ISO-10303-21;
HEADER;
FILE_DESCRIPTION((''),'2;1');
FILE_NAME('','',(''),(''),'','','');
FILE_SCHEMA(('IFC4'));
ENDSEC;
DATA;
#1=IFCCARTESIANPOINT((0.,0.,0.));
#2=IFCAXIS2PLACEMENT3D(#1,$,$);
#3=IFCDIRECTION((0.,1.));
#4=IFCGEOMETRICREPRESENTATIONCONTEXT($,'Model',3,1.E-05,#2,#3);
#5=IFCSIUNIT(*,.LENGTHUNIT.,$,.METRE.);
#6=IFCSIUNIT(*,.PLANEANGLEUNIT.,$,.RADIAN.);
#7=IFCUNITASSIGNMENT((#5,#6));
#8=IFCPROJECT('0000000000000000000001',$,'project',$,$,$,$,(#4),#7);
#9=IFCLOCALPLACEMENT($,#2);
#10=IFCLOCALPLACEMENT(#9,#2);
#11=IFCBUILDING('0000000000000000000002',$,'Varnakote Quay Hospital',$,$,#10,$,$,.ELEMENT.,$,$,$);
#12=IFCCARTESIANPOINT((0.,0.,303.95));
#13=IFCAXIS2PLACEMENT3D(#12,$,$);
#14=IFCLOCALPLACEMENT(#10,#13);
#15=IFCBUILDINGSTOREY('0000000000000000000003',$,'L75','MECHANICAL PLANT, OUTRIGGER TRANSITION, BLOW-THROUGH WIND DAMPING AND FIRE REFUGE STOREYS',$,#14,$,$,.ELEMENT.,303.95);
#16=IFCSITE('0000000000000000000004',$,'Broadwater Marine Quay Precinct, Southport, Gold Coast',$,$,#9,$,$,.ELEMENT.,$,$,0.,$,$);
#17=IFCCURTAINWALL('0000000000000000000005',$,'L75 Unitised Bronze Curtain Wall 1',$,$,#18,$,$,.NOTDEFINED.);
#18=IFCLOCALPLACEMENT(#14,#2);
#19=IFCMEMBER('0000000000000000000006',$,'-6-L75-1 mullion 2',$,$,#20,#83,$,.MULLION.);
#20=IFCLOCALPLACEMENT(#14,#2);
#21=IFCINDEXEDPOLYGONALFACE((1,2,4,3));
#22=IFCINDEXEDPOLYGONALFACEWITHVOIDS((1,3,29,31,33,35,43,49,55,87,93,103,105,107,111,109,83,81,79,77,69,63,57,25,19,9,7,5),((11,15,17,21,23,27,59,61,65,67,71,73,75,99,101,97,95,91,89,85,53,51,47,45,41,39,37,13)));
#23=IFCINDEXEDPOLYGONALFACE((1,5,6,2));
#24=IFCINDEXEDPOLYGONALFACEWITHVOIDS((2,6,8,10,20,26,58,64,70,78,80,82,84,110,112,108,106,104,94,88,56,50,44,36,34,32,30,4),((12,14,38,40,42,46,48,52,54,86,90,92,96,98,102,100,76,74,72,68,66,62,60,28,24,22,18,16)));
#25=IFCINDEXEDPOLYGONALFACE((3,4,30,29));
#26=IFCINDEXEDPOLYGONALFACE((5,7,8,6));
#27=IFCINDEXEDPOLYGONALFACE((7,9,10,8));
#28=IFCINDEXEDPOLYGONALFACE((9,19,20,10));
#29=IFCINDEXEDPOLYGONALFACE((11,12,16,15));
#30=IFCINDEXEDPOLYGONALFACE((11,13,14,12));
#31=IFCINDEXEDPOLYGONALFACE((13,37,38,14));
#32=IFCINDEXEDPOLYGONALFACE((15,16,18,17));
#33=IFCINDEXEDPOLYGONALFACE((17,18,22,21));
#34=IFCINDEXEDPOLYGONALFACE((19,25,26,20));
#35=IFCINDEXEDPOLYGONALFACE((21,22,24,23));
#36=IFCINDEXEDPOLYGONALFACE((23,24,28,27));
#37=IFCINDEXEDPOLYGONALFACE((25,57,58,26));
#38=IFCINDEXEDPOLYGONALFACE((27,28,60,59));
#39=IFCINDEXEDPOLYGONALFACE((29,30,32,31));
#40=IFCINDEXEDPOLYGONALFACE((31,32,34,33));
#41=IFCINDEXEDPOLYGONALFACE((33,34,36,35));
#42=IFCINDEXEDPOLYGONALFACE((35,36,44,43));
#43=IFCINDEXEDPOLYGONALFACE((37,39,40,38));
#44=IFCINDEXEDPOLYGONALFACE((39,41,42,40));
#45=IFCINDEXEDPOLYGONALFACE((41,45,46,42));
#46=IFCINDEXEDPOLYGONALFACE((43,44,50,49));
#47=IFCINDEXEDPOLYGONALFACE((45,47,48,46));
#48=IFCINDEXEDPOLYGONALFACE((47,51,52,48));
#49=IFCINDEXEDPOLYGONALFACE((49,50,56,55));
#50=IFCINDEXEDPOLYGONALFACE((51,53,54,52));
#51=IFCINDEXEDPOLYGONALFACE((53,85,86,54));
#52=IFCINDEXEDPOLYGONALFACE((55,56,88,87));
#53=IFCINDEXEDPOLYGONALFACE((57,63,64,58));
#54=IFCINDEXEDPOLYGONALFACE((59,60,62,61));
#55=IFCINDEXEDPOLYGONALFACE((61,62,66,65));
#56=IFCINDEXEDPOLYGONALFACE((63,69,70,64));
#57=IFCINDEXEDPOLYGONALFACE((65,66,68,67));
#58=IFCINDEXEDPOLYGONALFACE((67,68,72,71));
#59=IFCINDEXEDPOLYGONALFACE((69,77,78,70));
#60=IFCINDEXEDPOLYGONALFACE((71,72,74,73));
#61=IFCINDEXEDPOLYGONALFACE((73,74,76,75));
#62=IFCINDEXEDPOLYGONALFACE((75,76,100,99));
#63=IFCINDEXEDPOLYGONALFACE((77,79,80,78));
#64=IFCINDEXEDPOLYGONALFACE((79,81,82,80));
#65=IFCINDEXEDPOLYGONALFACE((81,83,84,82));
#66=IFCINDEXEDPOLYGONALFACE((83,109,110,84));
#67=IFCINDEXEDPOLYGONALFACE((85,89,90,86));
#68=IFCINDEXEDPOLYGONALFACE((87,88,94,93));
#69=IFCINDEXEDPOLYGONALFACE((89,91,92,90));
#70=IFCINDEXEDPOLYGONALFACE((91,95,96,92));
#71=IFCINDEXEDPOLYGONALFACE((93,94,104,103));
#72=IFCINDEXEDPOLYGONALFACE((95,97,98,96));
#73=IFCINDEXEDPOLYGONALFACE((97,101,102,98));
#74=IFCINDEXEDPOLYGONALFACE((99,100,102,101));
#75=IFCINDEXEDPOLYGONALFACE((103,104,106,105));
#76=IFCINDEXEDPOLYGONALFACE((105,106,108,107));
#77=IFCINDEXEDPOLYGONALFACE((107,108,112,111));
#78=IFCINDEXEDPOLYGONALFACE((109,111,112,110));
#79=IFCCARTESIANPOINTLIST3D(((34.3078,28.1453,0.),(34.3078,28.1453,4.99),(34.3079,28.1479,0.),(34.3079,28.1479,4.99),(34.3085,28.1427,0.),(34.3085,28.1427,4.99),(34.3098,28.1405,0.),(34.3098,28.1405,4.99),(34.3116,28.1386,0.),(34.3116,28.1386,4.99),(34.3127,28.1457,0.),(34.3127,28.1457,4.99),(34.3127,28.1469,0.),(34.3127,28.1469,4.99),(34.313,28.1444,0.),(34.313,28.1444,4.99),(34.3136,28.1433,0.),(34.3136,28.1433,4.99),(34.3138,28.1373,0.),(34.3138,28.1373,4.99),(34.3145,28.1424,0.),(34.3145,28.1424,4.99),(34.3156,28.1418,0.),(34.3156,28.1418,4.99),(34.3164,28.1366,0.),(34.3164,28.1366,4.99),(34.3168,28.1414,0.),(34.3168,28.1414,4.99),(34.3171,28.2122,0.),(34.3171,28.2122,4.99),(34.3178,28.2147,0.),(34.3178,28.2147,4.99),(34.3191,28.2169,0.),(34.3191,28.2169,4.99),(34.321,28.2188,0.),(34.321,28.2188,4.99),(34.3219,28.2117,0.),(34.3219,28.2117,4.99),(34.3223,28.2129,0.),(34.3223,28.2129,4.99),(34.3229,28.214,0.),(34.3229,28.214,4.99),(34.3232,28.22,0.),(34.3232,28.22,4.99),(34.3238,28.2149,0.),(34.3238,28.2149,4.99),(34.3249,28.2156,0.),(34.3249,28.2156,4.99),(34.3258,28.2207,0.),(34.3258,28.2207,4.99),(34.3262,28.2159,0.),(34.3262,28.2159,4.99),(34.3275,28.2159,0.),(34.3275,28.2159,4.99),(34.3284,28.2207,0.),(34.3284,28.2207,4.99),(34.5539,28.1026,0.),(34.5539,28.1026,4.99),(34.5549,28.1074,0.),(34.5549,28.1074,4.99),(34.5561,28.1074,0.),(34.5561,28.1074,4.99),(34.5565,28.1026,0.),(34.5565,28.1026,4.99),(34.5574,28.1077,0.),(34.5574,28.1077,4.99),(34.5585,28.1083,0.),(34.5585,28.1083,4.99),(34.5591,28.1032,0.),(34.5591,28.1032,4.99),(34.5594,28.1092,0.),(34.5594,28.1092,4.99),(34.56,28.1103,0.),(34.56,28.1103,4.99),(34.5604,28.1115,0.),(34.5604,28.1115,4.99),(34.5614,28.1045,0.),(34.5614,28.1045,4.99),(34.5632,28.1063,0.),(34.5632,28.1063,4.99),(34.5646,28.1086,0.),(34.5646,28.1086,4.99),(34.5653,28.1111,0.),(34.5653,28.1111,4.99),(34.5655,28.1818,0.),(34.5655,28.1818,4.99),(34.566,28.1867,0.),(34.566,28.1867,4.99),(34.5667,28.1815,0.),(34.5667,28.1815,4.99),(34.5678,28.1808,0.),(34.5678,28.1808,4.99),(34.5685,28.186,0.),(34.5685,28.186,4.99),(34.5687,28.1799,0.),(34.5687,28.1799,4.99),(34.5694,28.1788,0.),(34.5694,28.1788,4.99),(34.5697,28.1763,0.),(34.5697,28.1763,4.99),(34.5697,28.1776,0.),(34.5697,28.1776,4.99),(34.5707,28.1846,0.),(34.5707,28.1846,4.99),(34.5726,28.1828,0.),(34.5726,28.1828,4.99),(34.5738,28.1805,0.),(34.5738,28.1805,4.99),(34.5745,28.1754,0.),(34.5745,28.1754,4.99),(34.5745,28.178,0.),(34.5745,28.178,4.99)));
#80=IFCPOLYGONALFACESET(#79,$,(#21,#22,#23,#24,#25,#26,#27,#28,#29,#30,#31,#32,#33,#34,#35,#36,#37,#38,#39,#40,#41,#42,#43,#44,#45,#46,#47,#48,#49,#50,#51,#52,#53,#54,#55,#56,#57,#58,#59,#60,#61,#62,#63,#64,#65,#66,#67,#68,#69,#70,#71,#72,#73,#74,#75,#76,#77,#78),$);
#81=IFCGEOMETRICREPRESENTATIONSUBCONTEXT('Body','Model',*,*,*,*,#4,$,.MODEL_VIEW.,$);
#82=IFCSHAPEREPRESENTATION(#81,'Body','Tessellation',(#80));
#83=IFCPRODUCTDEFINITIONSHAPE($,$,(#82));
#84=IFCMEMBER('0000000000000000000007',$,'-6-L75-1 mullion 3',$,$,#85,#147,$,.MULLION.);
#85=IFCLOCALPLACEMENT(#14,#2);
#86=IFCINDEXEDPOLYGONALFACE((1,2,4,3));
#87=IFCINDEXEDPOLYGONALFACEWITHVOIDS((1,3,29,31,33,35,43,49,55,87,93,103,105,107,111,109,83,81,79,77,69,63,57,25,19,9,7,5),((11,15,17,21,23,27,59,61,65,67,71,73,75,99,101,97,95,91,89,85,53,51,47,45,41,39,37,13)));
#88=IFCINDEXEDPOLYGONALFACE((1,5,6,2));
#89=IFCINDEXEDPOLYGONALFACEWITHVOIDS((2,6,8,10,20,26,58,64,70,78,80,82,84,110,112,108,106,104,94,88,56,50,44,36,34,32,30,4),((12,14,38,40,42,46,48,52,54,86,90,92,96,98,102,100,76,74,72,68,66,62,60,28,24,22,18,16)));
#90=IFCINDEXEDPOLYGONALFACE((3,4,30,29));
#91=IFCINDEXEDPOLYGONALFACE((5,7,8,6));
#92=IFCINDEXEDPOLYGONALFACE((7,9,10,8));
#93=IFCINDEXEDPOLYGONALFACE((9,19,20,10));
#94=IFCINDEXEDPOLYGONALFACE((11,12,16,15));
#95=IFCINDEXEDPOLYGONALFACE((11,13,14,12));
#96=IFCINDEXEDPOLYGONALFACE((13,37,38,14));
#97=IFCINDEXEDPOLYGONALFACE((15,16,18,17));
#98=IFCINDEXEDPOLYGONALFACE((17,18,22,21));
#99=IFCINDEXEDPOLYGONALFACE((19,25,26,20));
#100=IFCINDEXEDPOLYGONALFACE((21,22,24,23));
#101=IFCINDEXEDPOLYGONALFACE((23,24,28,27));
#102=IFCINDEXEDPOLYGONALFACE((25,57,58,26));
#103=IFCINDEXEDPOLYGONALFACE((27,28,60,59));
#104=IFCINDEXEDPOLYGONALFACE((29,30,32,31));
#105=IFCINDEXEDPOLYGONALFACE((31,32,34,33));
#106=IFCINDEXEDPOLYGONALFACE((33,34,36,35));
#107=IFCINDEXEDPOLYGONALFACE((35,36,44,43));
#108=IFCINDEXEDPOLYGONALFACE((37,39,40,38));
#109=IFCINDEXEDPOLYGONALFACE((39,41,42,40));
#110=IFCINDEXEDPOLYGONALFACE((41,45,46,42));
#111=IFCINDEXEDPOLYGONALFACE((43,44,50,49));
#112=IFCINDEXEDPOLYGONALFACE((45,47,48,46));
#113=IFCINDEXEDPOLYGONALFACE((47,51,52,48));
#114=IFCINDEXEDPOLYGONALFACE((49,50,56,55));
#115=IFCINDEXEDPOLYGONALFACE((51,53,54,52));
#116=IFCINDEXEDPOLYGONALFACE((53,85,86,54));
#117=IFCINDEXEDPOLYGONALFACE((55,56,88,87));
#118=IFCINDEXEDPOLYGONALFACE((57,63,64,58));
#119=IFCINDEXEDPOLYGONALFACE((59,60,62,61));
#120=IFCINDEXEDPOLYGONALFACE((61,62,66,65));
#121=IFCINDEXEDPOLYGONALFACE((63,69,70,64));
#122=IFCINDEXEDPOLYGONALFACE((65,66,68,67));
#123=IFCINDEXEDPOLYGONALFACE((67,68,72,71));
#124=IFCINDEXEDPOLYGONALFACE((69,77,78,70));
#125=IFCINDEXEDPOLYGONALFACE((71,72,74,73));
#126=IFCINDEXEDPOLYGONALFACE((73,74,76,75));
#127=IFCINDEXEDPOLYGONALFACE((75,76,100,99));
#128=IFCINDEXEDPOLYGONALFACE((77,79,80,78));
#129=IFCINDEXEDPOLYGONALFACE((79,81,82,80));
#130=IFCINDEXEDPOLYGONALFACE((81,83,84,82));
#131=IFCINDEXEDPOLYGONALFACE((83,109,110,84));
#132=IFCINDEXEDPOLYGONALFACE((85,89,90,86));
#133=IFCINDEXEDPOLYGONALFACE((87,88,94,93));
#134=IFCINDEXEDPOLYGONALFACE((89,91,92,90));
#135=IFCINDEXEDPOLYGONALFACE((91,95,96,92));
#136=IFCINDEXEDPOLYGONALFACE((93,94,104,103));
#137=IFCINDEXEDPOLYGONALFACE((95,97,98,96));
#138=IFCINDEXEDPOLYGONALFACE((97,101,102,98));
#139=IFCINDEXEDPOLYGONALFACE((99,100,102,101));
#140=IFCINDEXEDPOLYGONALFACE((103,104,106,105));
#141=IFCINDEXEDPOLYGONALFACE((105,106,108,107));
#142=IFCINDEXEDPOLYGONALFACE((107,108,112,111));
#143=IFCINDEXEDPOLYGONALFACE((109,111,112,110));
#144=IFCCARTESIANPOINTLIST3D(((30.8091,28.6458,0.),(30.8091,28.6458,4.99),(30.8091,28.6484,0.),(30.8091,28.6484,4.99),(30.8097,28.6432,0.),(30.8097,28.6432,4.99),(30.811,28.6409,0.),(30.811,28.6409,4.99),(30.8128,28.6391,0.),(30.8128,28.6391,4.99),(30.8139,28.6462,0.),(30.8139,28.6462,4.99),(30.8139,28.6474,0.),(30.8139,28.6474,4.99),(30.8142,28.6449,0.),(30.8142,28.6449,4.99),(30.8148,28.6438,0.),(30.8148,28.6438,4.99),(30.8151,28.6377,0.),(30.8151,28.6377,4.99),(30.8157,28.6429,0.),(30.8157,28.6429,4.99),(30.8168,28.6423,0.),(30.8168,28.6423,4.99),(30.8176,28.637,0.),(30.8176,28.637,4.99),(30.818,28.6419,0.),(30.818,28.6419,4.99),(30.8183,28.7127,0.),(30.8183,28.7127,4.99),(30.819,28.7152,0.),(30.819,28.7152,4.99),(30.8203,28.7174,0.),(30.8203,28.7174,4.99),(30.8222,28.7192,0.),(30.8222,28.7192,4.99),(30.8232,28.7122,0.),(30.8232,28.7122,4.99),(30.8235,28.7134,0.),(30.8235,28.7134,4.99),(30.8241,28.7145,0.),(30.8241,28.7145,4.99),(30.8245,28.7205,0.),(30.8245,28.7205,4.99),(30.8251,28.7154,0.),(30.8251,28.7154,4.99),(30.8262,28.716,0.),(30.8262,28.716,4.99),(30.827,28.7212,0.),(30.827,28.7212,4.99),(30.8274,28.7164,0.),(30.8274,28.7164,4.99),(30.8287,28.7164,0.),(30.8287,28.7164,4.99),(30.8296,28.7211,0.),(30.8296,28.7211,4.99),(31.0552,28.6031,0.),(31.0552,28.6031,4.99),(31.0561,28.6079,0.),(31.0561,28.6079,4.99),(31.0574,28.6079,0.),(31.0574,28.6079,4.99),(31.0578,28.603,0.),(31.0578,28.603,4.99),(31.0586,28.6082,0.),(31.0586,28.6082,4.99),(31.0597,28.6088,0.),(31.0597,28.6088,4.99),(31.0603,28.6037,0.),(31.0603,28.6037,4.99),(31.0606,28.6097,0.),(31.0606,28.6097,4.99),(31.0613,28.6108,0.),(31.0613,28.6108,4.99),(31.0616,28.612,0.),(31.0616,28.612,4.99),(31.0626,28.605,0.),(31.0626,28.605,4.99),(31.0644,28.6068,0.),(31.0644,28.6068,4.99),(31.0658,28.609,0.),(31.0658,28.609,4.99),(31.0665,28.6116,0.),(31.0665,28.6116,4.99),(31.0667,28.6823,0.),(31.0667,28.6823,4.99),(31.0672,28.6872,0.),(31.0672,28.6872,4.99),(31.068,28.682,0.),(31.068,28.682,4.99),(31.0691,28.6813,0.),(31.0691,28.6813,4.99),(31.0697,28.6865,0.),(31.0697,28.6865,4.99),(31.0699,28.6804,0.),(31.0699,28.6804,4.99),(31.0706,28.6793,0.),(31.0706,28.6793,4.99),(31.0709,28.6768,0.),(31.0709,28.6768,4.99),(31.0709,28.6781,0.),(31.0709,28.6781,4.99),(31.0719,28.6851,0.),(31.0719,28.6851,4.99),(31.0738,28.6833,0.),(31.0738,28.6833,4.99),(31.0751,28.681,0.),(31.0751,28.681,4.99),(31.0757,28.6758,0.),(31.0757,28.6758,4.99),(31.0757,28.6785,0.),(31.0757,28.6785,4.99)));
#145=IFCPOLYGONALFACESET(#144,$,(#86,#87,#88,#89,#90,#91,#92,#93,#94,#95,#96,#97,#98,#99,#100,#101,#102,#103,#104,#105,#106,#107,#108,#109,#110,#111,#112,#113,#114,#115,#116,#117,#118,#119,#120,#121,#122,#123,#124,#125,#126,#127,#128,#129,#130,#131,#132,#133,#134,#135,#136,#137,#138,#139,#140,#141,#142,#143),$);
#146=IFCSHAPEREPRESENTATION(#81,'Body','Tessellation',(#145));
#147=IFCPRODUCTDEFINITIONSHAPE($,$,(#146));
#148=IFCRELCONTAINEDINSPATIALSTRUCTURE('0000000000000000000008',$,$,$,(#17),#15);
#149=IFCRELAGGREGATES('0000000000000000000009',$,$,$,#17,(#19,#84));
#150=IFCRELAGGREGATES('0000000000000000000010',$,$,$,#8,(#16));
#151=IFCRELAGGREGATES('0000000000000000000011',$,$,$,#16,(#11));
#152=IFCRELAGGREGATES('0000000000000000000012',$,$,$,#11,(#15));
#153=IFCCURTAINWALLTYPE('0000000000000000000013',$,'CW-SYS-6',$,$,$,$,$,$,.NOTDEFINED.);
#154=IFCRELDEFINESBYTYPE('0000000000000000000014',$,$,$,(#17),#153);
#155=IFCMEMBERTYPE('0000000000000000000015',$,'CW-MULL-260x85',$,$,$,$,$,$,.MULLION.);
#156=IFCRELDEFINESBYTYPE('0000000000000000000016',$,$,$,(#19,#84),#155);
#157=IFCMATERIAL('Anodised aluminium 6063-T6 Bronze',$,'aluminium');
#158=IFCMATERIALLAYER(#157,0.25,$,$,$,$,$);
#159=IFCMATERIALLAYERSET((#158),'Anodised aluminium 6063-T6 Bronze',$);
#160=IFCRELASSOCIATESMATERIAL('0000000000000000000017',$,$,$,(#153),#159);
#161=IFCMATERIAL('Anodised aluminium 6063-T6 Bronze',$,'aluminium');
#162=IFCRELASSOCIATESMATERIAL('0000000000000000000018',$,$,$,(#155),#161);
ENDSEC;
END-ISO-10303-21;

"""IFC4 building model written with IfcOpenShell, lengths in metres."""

from ifc_helpers import new_model, si_unit, direction, frame, origin, origin_2d, place, context, subcontext, project, spatial, hollow_rectangle, extrude, material, layer, layer_set, material_profile, profile_set, type_object, element, aggregate, save


model = new_model("IFC4")

# Units and contexts
model_context = context("Model", 3, precision=1e-05, world=origin(), true_north=direction((0.0, 1.0)))
body_context = subcontext(model_context, "Body", "Model", "MODEL_VIEW")
ifc_project = project(units=[si_unit("LENGTHUNIT", "METRE"), si_unit("PLANEANGLEUNIT", "RADIAN")], contexts=[model_context])

# Site, building, storey
site_placement = place(None, origin())
site = spatial("IfcSite", under=ifc_project, at=site_placement, Name="Broadwater Marine Quay Precinct, Southport, Gold Coast", CompositionType="ELEMENT", RefElevation=0.0)
building_placement = place(site_placement, origin())
building = spatial("IfcBuilding", under=site, at=building_placement, Name="Varnakote Quay Hospital", CompositionType="ELEMENT")
storey_placement = place(building_placement, frame((0.0, 0.0, 303.95)))
storey = spatial("IfcBuildingStorey", under=building, at=storey_placement, Name="L75", Description="MECHANICAL PLANT, OUTRIGGER TRANSITION, BLOW-THROUGH WIND DAMPING AND FIRE REFUGE STOREYS", CompositionType="ELEMENT", Elevation=303.95)

# Curtain wall, members
ifc_material_1 = material(Name="Anodised aluminium 6063-T6 Bronze", Category="aluminium")
ifc_layer_1 = layer(ifc_material_1, 0.25)
ifc_layer_set_1 = layer_set([ifc_layer_1], Name="Anodised aluminium 6063-T6 Bronze")
curtain_wall_type = type_object("IfcCurtainWallType", Name="CW-SYS-6", PredefinedType="NOTDEFINED", material=ifc_layer_set_1)
curtain_wall_1_placement = place(storey_placement, origin())
curtain_wall_1 = element("IfcCurtainWall", 1, at=curtain_wall_1_placement, inside=storey, type_object=curtain_wall_type, Name="L75 Unitised Bronze Curtain Wall 1", PredefinedType="NOTDEFINED")
ifc_material_2 = material(Name="Anodised aluminium 6063-T6 Bronze", Category="aluminium")
ifc_material_profile_1 = material_profile(ifc_material_2, hollow_rectangle(XDim=0.085, YDim=0.26, WallThickness=0.0049, InnerFilletRadius=0.0049, OuterFilletRadius=0.01, at=origin_2d()), Name="CW-MULL-260x85")
ifc_profile_set_1 = profile_set([ifc_material_profile_1], Name="Anodised aluminium 6063-T6 Bronze")
member_type_1 = type_object("IfcMemberType", Name="CW-MULL-260x85", PredefinedType="MULLION", material=ifc_profile_set_1)
member_1_placement = place(storey_placement, frame((34.4412, 28.1616, 0.0), z_axis=(0.0, 0.0, 1.0), x_axis=(-0.141572, -0.989928, 0.0)))
member_1 = element("IfcMember", 2, at=member_1_placement, type_object=member_type_1, Name="-6-L75-1 mullion 2", PredefinedType="MULLION", context=body_context, shape_type="SweptSolid", body=[
    extrude(hollow_rectangle(XDim=0.085, YDim=0.26, WallThickness=0.0049, InnerFilletRadius=0.0049, OuterFilletRadius=0.01, at=origin_2d()), origin(), (0.0, 0.0, 1.0), 4.99),
])
member_2_placement = place(storey_placement, frame((30.9424, 28.6621, 0.0), z_axis=(0.0, 0.0, 1.0), x_axis=(-0.141572, -0.989928, 0.0)))
member_2 = element("IfcMember", 3, at=member_2_placement, type_object=member_type_1, Name="-6-L75-1 mullion 3", PredefinedType="MULLION", context=body_context, shape_type="SweptSolid", body=[
    extrude(hollow_rectangle(XDim=0.085, YDim=0.26, WallThickness=0.0049, InnerFilletRadius=0.0049, OuterFilletRadius=0.01, at=origin_2d()), origin(), (0.0, 0.0, 1.0), 4.99),
])

aggregate(curtain_wall_1, [member_1, member_2])

save(model, "model.ifc")
